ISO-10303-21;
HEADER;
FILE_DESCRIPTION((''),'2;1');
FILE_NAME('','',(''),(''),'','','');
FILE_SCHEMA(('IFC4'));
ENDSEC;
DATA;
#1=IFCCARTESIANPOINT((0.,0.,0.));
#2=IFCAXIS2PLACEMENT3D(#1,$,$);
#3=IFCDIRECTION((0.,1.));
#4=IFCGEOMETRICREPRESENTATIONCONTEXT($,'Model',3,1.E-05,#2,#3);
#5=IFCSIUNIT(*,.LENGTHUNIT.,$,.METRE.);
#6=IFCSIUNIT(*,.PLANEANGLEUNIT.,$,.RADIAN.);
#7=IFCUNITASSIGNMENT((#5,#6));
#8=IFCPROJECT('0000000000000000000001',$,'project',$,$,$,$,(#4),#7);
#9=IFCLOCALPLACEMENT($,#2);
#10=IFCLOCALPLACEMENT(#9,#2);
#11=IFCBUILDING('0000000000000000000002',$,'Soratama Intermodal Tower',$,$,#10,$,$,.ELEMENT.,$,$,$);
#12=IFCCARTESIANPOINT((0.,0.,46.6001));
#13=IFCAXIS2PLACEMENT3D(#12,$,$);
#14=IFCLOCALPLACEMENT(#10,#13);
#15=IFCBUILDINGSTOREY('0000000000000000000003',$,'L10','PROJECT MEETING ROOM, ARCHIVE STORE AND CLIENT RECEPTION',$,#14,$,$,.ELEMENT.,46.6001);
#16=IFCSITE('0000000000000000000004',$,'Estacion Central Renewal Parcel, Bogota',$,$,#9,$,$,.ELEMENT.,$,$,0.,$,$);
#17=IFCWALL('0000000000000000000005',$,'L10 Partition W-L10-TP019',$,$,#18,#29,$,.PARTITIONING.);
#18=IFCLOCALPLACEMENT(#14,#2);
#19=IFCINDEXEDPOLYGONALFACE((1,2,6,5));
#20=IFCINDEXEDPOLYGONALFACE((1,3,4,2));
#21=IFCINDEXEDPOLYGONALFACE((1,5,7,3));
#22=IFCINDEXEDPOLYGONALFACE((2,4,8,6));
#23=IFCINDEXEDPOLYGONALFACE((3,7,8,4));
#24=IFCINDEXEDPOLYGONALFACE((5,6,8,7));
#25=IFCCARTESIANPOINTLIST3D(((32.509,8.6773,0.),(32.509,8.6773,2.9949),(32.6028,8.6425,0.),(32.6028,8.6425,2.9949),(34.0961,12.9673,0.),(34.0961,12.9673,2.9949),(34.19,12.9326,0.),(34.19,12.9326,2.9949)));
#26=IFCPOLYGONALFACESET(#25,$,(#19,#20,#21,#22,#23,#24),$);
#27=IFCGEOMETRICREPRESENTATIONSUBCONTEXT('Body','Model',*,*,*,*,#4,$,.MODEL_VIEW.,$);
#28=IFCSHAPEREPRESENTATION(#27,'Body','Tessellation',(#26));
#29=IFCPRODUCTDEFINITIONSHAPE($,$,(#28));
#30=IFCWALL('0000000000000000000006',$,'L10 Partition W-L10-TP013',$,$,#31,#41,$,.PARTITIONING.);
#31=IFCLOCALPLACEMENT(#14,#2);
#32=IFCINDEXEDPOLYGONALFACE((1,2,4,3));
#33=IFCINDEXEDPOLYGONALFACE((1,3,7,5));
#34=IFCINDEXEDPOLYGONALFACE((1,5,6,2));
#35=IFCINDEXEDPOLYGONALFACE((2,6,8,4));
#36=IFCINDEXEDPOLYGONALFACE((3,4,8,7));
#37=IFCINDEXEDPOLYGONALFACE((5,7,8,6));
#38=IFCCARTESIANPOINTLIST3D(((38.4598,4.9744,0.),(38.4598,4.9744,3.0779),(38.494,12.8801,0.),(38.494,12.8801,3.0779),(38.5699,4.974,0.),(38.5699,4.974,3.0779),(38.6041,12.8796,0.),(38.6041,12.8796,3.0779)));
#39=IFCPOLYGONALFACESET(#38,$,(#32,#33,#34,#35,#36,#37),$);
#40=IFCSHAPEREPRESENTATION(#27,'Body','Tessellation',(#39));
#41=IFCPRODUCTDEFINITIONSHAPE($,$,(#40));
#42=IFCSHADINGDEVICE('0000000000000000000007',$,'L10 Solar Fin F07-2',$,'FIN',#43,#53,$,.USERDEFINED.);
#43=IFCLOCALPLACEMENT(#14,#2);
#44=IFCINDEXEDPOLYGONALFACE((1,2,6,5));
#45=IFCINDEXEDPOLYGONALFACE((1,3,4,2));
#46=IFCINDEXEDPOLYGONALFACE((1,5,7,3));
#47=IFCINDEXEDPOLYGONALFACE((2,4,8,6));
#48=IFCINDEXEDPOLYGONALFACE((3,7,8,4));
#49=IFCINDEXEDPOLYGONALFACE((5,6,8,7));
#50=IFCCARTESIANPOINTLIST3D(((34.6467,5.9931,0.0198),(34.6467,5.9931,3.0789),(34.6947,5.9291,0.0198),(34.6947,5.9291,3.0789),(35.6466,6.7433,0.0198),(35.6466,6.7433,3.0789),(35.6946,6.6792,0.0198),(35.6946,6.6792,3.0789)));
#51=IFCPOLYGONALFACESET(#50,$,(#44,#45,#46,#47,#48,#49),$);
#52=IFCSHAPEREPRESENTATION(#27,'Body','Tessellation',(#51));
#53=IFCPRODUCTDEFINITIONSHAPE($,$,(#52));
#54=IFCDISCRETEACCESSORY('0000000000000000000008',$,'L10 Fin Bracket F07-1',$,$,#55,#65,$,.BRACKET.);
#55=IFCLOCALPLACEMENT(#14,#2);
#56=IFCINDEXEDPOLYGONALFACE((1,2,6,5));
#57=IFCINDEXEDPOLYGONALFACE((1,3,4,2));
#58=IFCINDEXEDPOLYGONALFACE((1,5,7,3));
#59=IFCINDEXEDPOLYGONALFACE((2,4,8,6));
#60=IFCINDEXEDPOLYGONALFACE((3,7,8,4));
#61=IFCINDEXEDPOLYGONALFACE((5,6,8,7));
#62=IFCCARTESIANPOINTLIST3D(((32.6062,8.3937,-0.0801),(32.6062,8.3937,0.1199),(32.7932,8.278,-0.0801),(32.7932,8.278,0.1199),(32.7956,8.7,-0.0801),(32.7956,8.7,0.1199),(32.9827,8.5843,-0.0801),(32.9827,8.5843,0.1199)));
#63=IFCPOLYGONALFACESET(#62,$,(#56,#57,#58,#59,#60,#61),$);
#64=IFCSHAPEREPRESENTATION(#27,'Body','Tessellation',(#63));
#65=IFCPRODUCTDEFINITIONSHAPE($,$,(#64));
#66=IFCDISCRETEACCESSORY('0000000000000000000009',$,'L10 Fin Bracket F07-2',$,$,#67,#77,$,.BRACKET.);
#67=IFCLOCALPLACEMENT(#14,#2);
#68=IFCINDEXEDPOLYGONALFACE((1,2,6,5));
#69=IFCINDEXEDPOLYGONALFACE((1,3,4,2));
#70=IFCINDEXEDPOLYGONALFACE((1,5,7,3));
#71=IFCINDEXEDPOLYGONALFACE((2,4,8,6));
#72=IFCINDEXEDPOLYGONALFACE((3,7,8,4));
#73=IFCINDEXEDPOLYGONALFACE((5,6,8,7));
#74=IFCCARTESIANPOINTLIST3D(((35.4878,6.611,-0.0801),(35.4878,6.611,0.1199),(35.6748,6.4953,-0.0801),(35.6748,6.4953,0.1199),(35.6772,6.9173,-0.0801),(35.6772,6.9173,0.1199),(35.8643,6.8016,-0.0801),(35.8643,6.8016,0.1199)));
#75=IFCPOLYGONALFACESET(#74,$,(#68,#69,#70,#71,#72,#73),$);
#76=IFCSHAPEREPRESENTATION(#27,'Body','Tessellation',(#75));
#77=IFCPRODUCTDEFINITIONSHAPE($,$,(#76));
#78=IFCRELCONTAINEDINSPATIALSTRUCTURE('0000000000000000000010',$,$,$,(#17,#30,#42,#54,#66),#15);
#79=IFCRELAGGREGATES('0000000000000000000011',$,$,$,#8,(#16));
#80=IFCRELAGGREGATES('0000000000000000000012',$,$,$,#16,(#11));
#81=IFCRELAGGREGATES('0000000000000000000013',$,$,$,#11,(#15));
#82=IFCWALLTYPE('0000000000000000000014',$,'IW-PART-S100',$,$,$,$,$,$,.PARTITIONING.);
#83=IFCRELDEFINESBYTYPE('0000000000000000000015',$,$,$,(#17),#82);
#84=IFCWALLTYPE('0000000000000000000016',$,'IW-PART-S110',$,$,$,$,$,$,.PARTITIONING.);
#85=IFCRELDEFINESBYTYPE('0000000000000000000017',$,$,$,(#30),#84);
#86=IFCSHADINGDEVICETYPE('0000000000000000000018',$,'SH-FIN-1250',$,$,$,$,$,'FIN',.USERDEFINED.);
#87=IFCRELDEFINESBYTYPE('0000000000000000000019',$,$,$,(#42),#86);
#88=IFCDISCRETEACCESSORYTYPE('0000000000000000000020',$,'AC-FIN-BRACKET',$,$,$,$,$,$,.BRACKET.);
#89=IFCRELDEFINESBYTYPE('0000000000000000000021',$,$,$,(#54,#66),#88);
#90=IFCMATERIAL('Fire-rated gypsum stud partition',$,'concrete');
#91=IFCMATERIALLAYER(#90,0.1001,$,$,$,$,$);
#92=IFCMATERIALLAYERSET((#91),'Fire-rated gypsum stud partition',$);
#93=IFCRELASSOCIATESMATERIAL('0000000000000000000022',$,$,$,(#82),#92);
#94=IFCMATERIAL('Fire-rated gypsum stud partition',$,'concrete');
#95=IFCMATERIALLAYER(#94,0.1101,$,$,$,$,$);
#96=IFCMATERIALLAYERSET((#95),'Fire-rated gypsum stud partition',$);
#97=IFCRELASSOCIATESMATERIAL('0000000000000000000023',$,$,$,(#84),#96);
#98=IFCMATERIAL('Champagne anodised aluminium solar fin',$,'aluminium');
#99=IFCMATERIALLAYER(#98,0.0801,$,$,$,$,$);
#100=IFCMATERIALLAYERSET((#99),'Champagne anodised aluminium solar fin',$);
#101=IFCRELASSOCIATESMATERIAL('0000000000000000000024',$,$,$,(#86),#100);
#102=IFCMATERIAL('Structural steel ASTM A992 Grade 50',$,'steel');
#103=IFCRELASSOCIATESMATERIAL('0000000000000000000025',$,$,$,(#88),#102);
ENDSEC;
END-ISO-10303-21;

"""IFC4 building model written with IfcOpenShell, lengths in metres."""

from ifc_helpers import new_model, si_unit, direction, frame, frame_2d, origin, origin_2d, place, context, subcontext, project, spatial, rectangle, extrude, material, layer, layer_set, type_object, element, save


model = new_model("IFC4")

# Units and contexts
model_context = context("Model", 3, precision=1e-05, world=origin(), true_north=direction((0.0, 1.0)))
body_context = subcontext(model_context, "Body", "Model", "MODEL_VIEW")
ifc_project = project(units=[si_unit("LENGTHUNIT", "METRE"), si_unit("PLANEANGLEUNIT", "RADIAN")], contexts=[model_context])

# Site, building, storey
site_placement = place(None, origin())
site = spatial("IfcSite", under=ifc_project, at=site_placement, Name="Estacion Central Renewal Parcel, Bogota", CompositionType="ELEMENT", RefElevation=0.0)
building_placement = place(site_placement, origin())
building = spatial("IfcBuilding", under=site, at=building_placement, Name="Soratama Intermodal Tower", CompositionType="ELEMENT")
storey_placement = place(building_placement, frame((0.0, 0.0, 46.6001)))
storey = spatial("IfcBuildingStorey", under=building, at=storey_placement, Name="L10", Description="PROJECT MEETING ROOM, ARCHIVE STORE AND CLIENT RECEPTION", CompositionType="ELEMENT", Elevation=46.6001)

# Walls
ifc_material_1 = material(Name="Fire-rated gypsum stud partition", Category="concrete")
ifc_layer_1 = layer(ifc_material_1, 0.1001)
ifc_layer_set_1 = layer_set([ifc_layer_1], Name="Fire-rated gypsum stud partition")
wall_type_1 = type_object("IfcWallType", Name="IW-PART-S100", PredefinedType="PARTITIONING", material=ifc_layer_set_1)
wall_1_placement = place(storey_placement, frame((34.1431, 12.95, 0.0), z_axis=(0.0, 0.0, 1.0), x_axis=(-0.346979, -0.937873, 0.0)))
element("IfcWall", 1, at=wall_1_placement, inside=storey, type_object=wall_type_1, Name="L10 Partition W-L10-TP019", PredefinedType="PARTITIONING", context=body_context, shape_type="SweptSolid", body=[
    extrude(rectangle(XDim=4.5742, YDim=0.1001, at=frame_2d((2.2871, 0.0))), origin(), (0.0, 0.0, 1.0), 2.9949),
])
ifc_material_2 = material(Name="Fire-rated gypsum stud partition", Category="concrete")
ifc_layer_2 = layer(ifc_material_2, 0.1101)
ifc_layer_set_2 = layer_set([ifc_layer_2], Name="Fire-rated gypsum stud partition")
wall_type_2 = type_object("IfcWallType", Name="IW-PART-S110", PredefinedType="PARTITIONING", material=ifc_layer_set_2)
wall_2_placement = place(storey_placement, frame((38.5491, 12.8799, 0.0), z_axis=(0.0, 0.0, 1.0), x_axis=(-0.004323, -0.999991, 0.0)))
element("IfcWall", 2, at=wall_2_placement, inside=storey, type_object=wall_type_2, Name="L10 Partition W-L10-TP013", PredefinedType="PARTITIONING", context=body_context, shape_type="SweptSolid", body=[
    extrude(rectangle(XDim=7.9058, YDim=0.1101, at=frame_2d((3.9529, 0.0))), origin(), (0.0, 0.0, 1.0), 3.0779),
])

# Shading device
ifc_material_3 = material(Name="Champagne anodised aluminium solar fin", Category="aluminium")
ifc_layer_3 = layer(ifc_material_3, 0.0801)
ifc_layer_set_3 = layer_set([ifc_layer_3], Name="Champagne anodised aluminium solar fin")
shading_device_type = type_object("IfcShadingDeviceType", Name="SH-FIN-1250", ElementType="FIN", PredefinedType="USERDEFINED", material=ifc_layer_set_3)
shading_device_placement = place(storey_placement, frame((35.1707, 6.3362, 0.0198), z_axis=(0.0, 0.0, 1.0), x_axis=(-0.799894, -0.600141, 0.0)))
element("IfcShadingDevice", 3, at=shading_device_placement, inside=storey, type_object=shading_device_type, Name="L10 Solar Fin F07-2", ObjectType="FIN", PredefinedType="USERDEFINED", context=body_context, shape_type="SweptSolid", body=[
    extrude(rectangle(XDim=1.25, YDim=0.0801, at=origin_2d()), origin(), (0.0, 0.0, 1.0), 3.0591),
])

# Discrete accessories
ifc_material_4 = material(Name="Structural steel ASTM A992 Grade 50", Category="steel")
discrete_accessory_type = type_object("IfcDiscreteAccessoryType", Name="AC-FIN-BRACKET", PredefinedType="BRACKET", material=ifc_material_4)
for number, where, z_axis, x_axis, name in (
    (4, (32.7944, 8.489, -0.0801), (0.0, 0.0, 1.0), (-0.526066, -0.850444, 0.0), "L10 Fin Bracket F07-1"),
    (5, (35.676, 6.7063, -0.0801), (0.0, 0.0, 1.0), (-0.526066, -0.850444, 0.0), "L10 Fin Bracket F07-2"),
):
    element("IfcDiscreteAccessory", number, at=place(storey_placement, frame(where, z_axis=z_axis, x_axis=x_axis)), inside=storey, type_object=discrete_accessory_type, Name=name, PredefinedType="BRACKET", context=body_context, shape_type="SweptSolid", body=[
        extrude(rectangle(XDim=0.3601, YDim=0.22, at=origin_2d()), origin(), (0.0, 0.0, 1.0), 0.2),
    ])

save(model, "model.ifc")
